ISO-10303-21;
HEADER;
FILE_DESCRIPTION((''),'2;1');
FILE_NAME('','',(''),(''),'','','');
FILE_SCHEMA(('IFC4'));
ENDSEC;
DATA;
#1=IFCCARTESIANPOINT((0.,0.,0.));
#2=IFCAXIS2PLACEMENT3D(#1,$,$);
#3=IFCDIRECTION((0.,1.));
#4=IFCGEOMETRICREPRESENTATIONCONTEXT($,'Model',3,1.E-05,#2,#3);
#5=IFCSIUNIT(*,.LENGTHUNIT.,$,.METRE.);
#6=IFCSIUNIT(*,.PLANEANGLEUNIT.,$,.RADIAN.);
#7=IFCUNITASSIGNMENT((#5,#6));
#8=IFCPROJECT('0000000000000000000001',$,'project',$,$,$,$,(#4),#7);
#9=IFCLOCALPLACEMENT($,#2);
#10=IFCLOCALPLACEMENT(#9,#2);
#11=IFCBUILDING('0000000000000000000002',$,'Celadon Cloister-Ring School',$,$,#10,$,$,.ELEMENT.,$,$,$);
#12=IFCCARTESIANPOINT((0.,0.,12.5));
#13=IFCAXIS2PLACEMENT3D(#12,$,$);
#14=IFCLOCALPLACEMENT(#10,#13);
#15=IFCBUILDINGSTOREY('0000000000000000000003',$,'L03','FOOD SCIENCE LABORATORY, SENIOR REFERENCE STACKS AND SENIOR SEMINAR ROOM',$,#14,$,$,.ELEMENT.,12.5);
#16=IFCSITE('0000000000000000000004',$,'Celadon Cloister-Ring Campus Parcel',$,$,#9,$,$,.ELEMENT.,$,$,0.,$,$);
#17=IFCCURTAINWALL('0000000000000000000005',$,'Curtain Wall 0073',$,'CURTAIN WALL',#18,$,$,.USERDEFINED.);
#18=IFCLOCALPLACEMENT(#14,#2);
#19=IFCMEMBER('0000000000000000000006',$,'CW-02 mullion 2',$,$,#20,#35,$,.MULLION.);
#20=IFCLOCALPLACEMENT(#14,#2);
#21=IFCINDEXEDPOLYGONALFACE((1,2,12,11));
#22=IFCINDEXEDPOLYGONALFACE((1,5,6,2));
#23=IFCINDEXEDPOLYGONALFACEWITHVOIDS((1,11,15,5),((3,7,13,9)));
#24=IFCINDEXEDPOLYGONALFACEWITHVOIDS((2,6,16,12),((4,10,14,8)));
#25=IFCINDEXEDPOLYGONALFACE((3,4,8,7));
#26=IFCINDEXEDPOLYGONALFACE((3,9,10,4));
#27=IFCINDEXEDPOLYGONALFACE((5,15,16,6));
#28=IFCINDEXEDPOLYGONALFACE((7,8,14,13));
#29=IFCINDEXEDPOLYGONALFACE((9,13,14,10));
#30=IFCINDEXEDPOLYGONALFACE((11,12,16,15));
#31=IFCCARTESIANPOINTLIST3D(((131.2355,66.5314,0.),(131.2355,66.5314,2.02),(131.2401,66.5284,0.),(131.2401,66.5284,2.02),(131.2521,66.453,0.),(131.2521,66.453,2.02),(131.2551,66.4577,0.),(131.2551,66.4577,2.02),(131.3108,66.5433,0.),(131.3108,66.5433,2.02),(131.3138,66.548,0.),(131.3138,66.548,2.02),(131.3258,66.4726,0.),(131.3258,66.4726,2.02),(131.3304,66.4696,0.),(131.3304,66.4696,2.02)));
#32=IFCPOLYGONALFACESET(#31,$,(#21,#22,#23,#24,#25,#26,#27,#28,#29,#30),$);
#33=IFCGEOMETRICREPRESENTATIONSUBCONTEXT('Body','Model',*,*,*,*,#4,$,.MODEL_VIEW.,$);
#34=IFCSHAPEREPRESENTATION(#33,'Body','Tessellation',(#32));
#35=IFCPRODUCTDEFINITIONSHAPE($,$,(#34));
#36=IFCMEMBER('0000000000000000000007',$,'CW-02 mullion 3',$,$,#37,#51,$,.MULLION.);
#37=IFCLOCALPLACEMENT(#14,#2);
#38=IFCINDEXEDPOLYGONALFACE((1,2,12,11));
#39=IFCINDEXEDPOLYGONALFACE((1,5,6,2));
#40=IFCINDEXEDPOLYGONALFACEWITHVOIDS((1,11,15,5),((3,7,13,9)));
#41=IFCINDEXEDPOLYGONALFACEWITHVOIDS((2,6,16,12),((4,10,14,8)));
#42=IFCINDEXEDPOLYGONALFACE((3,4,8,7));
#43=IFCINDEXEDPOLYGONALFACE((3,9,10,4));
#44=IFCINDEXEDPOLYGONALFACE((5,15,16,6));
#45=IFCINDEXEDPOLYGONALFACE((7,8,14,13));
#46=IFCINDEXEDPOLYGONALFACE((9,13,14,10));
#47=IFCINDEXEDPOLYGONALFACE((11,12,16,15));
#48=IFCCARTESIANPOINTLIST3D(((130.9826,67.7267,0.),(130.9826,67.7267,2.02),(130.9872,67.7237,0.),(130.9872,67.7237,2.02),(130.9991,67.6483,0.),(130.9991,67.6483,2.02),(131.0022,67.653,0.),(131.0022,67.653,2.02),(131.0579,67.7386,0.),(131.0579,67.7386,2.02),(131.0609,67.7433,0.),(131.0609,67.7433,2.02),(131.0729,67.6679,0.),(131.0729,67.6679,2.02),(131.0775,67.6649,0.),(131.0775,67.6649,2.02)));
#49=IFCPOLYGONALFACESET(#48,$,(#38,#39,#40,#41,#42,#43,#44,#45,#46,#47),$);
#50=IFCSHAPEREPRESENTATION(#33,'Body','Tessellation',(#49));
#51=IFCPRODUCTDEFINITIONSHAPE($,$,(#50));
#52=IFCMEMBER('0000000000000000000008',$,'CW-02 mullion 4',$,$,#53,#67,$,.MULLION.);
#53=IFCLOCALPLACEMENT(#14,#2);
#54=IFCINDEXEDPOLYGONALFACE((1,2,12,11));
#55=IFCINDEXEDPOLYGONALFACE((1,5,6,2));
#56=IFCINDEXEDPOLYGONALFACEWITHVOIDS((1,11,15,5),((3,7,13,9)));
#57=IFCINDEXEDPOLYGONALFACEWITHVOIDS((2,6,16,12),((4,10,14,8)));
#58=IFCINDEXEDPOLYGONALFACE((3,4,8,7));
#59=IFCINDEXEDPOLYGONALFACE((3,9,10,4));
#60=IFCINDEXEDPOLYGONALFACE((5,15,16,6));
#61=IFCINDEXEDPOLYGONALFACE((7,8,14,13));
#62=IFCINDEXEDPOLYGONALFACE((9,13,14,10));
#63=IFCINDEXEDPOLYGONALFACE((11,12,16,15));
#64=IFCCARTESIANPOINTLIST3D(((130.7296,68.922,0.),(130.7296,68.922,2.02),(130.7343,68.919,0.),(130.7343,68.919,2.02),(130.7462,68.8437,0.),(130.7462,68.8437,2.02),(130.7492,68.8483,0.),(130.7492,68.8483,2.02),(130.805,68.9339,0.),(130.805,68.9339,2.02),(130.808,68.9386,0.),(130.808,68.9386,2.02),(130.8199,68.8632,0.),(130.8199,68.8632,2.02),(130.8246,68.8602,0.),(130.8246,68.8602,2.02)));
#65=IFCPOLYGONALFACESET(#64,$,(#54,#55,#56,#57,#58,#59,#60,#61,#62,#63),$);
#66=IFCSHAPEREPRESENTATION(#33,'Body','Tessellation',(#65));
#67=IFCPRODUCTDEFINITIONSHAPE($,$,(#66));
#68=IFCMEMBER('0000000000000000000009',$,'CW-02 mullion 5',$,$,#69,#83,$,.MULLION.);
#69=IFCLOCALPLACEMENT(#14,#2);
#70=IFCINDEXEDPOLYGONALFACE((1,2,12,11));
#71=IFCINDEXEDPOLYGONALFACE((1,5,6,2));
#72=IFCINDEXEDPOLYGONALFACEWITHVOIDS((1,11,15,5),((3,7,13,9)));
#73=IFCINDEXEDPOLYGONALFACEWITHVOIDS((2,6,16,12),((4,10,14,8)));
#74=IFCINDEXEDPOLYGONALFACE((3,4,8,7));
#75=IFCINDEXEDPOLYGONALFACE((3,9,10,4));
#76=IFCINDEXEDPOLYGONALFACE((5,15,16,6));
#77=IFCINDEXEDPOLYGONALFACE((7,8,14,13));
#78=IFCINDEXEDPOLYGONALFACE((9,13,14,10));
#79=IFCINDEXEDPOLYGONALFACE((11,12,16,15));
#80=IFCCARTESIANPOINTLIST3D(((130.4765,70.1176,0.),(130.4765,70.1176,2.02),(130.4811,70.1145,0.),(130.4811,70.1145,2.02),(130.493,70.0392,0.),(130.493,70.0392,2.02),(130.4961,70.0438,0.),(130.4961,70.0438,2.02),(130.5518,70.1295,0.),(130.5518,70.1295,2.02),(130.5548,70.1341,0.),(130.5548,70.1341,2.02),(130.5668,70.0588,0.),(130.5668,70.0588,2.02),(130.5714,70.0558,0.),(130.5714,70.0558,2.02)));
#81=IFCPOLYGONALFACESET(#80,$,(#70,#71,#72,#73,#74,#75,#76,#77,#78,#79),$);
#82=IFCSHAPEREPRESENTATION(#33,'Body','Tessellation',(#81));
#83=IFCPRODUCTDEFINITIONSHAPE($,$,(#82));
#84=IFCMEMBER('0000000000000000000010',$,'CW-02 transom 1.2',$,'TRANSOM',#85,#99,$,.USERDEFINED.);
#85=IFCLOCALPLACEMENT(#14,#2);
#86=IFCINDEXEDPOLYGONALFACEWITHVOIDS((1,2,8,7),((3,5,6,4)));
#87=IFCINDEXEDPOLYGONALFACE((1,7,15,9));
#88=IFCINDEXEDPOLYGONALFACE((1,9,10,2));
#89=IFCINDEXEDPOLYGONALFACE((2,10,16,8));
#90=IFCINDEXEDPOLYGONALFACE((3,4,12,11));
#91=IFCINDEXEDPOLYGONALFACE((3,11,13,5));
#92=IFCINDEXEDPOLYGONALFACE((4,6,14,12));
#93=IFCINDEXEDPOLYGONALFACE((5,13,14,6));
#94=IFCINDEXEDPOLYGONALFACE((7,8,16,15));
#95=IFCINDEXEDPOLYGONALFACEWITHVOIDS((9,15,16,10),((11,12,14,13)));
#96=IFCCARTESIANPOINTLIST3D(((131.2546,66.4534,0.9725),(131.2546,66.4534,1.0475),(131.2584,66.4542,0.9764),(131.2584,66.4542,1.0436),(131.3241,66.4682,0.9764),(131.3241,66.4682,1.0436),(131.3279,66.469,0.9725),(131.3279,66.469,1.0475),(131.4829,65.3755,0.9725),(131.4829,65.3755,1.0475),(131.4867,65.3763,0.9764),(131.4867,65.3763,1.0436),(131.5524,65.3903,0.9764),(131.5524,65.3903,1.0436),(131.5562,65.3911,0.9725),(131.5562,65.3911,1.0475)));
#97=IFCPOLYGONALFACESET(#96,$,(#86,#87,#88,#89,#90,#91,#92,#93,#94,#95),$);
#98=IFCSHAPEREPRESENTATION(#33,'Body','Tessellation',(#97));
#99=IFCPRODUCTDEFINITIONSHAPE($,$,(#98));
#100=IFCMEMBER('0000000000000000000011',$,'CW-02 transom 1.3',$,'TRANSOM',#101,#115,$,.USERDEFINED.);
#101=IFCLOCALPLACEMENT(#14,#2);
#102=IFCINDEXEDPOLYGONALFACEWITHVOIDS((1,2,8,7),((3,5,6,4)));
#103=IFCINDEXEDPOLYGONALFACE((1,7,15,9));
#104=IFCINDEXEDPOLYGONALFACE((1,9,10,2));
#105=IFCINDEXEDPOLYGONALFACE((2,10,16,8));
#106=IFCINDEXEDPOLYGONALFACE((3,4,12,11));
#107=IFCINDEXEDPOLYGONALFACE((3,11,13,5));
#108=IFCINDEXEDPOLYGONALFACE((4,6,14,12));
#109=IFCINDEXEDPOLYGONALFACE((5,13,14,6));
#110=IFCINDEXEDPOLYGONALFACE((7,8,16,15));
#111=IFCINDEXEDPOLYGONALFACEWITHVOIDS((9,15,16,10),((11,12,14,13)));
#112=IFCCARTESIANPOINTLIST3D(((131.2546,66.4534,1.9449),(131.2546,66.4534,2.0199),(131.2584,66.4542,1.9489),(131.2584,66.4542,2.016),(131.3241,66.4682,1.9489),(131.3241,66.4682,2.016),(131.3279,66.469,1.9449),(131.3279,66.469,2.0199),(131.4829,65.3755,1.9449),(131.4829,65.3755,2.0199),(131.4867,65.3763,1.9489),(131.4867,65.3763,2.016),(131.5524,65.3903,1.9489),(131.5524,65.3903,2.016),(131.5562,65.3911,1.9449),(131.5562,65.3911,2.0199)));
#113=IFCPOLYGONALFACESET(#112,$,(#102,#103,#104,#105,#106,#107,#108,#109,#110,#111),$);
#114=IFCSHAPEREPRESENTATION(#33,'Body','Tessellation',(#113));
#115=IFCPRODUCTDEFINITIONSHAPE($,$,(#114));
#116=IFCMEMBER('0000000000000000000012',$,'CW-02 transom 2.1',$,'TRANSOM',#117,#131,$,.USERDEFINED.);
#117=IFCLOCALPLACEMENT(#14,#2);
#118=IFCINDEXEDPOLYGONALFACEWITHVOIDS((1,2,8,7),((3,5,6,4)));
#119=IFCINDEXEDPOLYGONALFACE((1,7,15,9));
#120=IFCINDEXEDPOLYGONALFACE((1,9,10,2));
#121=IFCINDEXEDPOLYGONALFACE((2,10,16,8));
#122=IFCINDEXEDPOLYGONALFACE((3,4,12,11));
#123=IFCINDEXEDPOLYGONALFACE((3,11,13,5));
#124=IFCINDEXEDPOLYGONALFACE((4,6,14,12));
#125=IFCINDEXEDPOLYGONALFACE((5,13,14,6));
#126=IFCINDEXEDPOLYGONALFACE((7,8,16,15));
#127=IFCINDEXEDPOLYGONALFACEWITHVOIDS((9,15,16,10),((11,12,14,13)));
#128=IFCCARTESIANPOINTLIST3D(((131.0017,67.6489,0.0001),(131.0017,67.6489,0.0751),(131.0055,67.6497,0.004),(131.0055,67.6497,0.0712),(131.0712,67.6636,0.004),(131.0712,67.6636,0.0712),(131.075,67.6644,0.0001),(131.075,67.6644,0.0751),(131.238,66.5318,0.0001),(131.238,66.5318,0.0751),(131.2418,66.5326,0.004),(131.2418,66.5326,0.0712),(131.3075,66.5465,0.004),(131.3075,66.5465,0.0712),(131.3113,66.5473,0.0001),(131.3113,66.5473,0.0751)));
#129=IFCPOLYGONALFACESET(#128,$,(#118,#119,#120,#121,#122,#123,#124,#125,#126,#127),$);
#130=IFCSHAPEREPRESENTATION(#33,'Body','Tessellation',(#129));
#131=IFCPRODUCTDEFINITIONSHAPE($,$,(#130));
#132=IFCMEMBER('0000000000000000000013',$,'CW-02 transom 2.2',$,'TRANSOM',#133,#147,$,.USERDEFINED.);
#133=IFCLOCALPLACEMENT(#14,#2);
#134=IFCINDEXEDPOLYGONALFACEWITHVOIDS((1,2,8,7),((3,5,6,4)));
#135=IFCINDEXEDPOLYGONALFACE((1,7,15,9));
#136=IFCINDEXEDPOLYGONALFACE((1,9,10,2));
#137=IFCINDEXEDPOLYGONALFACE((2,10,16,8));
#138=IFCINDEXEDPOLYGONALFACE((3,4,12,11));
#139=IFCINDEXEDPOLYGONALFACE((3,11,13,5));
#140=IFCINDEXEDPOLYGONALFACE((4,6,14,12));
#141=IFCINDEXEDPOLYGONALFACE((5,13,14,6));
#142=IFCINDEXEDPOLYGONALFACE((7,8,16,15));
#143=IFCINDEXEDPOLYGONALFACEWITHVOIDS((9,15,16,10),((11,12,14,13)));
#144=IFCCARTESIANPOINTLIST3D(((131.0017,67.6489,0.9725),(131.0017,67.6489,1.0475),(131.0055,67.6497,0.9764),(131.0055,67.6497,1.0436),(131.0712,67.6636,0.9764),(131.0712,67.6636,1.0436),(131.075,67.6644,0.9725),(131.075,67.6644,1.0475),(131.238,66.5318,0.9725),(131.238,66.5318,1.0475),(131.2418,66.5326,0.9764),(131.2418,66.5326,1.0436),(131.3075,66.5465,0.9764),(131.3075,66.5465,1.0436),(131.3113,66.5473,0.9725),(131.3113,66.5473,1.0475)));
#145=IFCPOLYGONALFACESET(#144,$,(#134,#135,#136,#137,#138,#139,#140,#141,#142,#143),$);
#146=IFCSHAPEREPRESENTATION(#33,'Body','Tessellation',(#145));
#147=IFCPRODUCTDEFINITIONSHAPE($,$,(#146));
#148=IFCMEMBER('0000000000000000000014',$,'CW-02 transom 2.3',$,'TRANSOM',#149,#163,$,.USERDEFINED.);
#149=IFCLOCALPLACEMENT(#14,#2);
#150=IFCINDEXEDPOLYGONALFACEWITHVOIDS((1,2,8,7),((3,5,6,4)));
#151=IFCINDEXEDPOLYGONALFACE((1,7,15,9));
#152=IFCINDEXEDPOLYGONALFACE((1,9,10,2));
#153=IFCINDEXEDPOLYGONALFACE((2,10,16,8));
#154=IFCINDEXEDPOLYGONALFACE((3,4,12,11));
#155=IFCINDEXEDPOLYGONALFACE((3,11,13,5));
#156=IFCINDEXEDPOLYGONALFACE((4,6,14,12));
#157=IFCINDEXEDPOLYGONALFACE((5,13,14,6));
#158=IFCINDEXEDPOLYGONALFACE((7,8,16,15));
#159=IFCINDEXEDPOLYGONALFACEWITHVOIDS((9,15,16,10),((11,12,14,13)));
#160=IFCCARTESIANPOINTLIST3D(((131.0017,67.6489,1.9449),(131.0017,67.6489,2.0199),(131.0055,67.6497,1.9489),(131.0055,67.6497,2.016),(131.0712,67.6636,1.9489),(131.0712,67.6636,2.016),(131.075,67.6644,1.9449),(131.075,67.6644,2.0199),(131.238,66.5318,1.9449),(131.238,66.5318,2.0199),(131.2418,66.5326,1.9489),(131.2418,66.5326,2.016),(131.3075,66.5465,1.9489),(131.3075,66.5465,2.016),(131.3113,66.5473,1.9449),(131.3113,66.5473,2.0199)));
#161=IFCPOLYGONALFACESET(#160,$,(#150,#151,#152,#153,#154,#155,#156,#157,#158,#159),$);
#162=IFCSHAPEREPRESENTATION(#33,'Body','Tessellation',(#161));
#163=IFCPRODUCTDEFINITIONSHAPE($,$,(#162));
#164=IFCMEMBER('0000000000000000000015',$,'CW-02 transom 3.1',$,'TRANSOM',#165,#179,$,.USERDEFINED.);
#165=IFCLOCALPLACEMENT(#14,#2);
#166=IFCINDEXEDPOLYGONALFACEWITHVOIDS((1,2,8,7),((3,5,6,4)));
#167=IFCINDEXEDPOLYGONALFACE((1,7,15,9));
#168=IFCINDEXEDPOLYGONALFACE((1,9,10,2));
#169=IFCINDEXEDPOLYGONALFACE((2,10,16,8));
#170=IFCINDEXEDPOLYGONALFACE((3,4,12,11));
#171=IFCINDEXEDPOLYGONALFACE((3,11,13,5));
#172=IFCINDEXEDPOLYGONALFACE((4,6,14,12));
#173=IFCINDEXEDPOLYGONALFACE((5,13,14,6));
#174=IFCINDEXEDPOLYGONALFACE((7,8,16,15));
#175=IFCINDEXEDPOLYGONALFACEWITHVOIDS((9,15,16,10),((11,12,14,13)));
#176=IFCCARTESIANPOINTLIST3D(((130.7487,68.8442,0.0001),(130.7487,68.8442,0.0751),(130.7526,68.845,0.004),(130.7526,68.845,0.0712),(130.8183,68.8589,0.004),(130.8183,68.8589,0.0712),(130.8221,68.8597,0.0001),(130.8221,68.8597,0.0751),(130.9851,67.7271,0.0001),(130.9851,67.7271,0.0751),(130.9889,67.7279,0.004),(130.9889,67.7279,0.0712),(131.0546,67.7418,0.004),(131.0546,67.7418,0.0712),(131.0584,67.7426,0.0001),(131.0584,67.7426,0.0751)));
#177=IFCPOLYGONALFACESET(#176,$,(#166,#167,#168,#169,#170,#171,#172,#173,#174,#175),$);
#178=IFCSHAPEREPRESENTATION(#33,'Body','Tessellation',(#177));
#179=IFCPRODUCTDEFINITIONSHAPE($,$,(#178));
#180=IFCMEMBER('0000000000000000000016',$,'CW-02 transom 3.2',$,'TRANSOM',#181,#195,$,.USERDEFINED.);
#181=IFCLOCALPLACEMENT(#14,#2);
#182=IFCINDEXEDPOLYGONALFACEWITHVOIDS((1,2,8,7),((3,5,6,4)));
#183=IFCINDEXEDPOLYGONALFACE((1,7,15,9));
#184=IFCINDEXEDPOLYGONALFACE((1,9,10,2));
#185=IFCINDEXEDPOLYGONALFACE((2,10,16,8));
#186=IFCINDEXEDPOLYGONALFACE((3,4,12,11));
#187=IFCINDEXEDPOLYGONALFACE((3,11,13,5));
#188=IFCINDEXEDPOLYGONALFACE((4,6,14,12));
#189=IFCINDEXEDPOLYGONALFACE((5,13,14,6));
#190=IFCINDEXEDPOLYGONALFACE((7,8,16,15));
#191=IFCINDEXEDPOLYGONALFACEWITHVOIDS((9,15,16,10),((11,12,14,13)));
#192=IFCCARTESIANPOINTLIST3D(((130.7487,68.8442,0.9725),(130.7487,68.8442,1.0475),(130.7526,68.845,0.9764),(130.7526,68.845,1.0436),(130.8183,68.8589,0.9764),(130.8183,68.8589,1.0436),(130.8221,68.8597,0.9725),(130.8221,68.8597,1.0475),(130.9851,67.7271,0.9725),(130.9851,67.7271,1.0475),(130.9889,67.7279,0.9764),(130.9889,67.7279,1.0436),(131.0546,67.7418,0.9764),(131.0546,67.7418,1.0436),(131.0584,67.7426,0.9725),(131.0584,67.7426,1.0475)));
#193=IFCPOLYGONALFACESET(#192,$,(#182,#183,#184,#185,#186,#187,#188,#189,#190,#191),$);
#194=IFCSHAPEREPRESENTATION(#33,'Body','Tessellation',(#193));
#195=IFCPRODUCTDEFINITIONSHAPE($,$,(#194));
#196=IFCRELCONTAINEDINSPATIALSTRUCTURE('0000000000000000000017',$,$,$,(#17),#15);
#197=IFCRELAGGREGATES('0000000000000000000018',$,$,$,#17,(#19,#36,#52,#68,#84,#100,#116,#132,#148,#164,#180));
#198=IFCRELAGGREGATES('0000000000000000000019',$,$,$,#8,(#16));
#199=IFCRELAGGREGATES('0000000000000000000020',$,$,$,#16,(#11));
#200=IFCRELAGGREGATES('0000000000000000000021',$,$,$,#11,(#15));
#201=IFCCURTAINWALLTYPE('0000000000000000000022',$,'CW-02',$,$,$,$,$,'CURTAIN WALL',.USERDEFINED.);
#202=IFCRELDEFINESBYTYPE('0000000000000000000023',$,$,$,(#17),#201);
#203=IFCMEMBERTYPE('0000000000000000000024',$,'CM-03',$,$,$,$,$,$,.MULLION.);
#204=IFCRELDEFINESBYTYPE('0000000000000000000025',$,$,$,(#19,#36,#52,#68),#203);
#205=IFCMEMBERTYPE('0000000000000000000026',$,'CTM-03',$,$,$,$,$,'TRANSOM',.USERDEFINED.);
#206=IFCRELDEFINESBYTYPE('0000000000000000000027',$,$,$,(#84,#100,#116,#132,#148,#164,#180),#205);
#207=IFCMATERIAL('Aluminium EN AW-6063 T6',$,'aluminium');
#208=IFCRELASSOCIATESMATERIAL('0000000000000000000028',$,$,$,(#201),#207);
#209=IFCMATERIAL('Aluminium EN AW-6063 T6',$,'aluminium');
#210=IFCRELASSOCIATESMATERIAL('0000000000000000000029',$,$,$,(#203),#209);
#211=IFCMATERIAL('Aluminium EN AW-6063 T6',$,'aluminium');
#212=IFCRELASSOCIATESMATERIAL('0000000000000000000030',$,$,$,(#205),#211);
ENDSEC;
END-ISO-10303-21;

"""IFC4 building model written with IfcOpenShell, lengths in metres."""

from ifc_helpers import new_model, si_unit, direction, frame, origin, origin_2d, place, context, subcontext, project, spatial, hollow_rectangle, extrude, material, material_profile, profile_set, type_object, element, aggregate, save


model = new_model("IFC4")

# Units and contexts
model_context = context("Model", 3, precision=1e-05, world=origin(), true_north=direction((0.0, 1.0)))
body_context = subcontext(model_context, "Body", "Model", "MODEL_VIEW")
ifc_project = project(units=[si_unit("LENGTHUNIT", "METRE"), si_unit("PLANEANGLEUNIT", "RADIAN")], contexts=[model_context])

# Site, building, storey
site_placement = place(None, origin())
site = spatial("IfcSite", under=ifc_project, at=site_placement, Name="Celadon Cloister-Ring Campus Parcel", CompositionType="ELEMENT", RefElevation=0.0)
building_placement = place(site_placement, origin())
building = spatial("IfcBuilding", under=site, at=building_placement, Name="Celadon Cloister-Ring School", CompositionType="ELEMENT")
storey_placement = place(building_placement, frame((0.0, 0.0, 12.5)))
storey = spatial("IfcBuildingStorey", under=building, at=storey_placement, Name="L03", Description="FOOD SCIENCE LABORATORY, SENIOR REFERENCE STACKS AND SENIOR SEMINAR ROOM", CompositionType="ELEMENT", Elevation=12.5)

# Curtain wall, members
ifc_material_1 = material(Name="Aluminium EN AW-6063 T6", Category="aluminium")
curtain_wall_type = type_object("IfcCurtainWallType", Name="CW-02", ElementType="CURTAIN WALL", PredefinedType="USERDEFINED", material=ifc_material_1)
curtain_wall_placement = place(storey_placement, origin())
curtain_wall = element("IfcCurtainWall", 1, at=curtain_wall_placement, inside=storey, type_object=curtain_wall_type, Name="Curtain Wall 0073", ObjectType="CURTAIN WALL", PredefinedType="USERDEFINED")
ifc_material_2 = material(Name="Aluminium EN AW-6063 T6", Category="aluminium")
ifc_material_profile_1 = material_profile(ifc_material_2, hollow_rectangle(XDim=0.0801, YDim=0.0801, WallThickness=0.0039, at=origin_2d()), Name="RHS80X80X4")
ifc_profile_set_1 = profile_set([ifc_material_profile_1], Name="Aluminium EN AW-6063 T6")
member_type_1 = type_object("IfcMemberType", Name="CM-03", PredefinedType="MULLION", material=ifc_profile_set_1)
member_1_placement = place(storey_placement, frame((131.283, 66.5005, 0.0), z_axis=(0.0, 0.0, 1.0), x_axis=(-0.978329, -0.207058, 0.0)))
member_1 = element("IfcMember", 2, at=member_1_placement, type_object=member_type_1, Name="CW-02 mullion 2", PredefinedType="MULLION", context=body_context, shape_type="SweptSolid", body=[
    extrude(hollow_rectangle(XDim=0.0801, YDim=0.0801, WallThickness=0.0039, at=origin_2d()), origin(), (0.0, 0.0, 1.0), 2.02),
])
member_2_placement = place(storey_placement, frame((131.03, 67.6958, 0.0), z_axis=(0.0, 0.0, 1.0), x_axis=(-0.978329, -0.207058, 0.0)))
member_2 = element("IfcMember", 3, at=member_2_placement, type_object=member_type_1, Name="CW-02 mullion 3", PredefinedType="MULLION", context=body_context, shape_type="SweptSolid", body=[
    extrude(hollow_rectangle(XDim=0.0801, YDim=0.0801, WallThickness=0.0039, at=origin_2d()), origin(), (0.0, 0.0, 1.0), 2.02),
])
member_3_placement = place(storey_placement, frame((130.7771, 68.8911, 0.0), z_axis=(0.0, 0.0, 1.0), x_axis=(-0.978329, -0.207058, 0.0)))
member_3 = element("IfcMember", 4, at=member_3_placement, type_object=member_type_1, Name="CW-02 mullion 4", PredefinedType="MULLION", context=body_context, shape_type="SweptSolid", body=[
    extrude(hollow_rectangle(XDim=0.0801, YDim=0.0801, WallThickness=0.0039, at=origin_2d()), origin(), (0.0, 0.0, 1.0), 2.02),
])
member_4_placement = place(storey_placement, frame((130.5239, 70.0867, 0.0), z_axis=(0.0, 0.0, 1.0), x_axis=(-0.978329, -0.207058, 0.0)))
member_4 = element("IfcMember", 5, at=member_4_placement, type_object=member_type_1, Name="CW-02 mullion 5", PredefinedType="MULLION", context=body_context, shape_type="SweptSolid", body=[
    extrude(hollow_rectangle(XDim=0.0801, YDim=0.0801, WallThickness=0.0039, at=origin_2d()), origin(), (0.0, 0.0, 1.0), 2.02),
])
ifc_material_3 = material(Name="Aluminium EN AW-6063 T6", Category="aluminium")
ifc_material_profile_2 = material_profile(ifc_material_3, hollow_rectangle(XDim=0.075, YDim=0.075, WallThickness=0.0039, at=origin_2d()), Name="RHS75X75X4")
ifc_profile_set_2 = profile_set([ifc_material_profile_2], Name="Aluminium EN AW-6063 T6")
member_type_2 = type_object("IfcMemberType", Name="CTM-03", ElementType="TRANSOM", PredefinedType="USERDEFINED", material=ifc_profile_set_2)
member_5_placement = place(storey_placement, frame((131.5195, 65.3833, 1.01), z_axis=(-0.207183, 0.978302, 0.0), x_axis=(-0.978302, -0.207183, 0.0)))
member_5 = element("IfcMember", 6, at=member_5_placement, type_object=member_type_2, Name="CW-02 transom 1.2", ObjectType="TRANSOM", PredefinedType="USERDEFINED", context=body_context, shape_type="SweptSolid", body=[
    extrude(hollow_rectangle(XDim=0.075, YDim=0.075, WallThickness=0.0039, at=origin_2d()), origin(), (0.0, 0.0, 1.0), 1.1018),
])
member_6_placement = place(storey_placement, frame((131.5195, 65.3833, 1.9824), z_axis=(-0.207183, 0.978302, 0.0), x_axis=(-0.978302, -0.207183, 0.0)))
member_6 = element("IfcMember", 7, at=member_6_placement, type_object=member_type_2, Name="CW-02 transom 1.3", ObjectType="TRANSOM", PredefinedType="USERDEFINED", context=body_context, shape_type="SweptSolid", body=[
    extrude(hollow_rectangle(XDim=0.075, YDim=0.075, WallThickness=0.0039, at=origin_2d()), origin(), (0.0, 0.0, 1.0), 1.1018),
])
member_7_placement = place(storey_placement, frame((131.2747, 66.5396, 0.0376), z_axis=(-0.206959, 0.97835, 0.0), x_axis=(-0.97835, -0.206959, 0.0)))
member_7 = element("IfcMember", 8, at=member_7_placement, type_object=member_type_2, Name="CW-02 transom 2.1", ObjectType="TRANSOM", PredefinedType="USERDEFINED", context=body_context, shape_type="SweptSolid", body=[
    extrude(hollow_rectangle(XDim=0.075, YDim=0.075, WallThickness=0.0039, at=origin_2d()), origin(), (0.0, 0.0, 1.0), 1.1418),
])
member_8_placement = place(storey_placement, frame((131.2747, 66.5396, 1.01), z_axis=(-0.206959, 0.97835, 0.0), x_axis=(-0.97835, -0.206959, 0.0)))
member_8 = element("IfcMember", 9, at=member_8_placement, type_object=member_type_2, Name="CW-02 transom 2.2", ObjectType="TRANSOM", PredefinedType="USERDEFINED", context=body_context, shape_type="SweptSolid", body=[
    extrude(hollow_rectangle(XDim=0.075, YDim=0.075, WallThickness=0.0039, at=origin_2d()), origin(), (0.0, 0.0, 1.0), 1.1418),
])
member_9_placement = place(storey_placement, frame((131.2747, 66.5396, 1.9824), z_axis=(-0.206959, 0.97835, 0.0), x_axis=(-0.97835, -0.206959, 0.0)))
member_9 = element("IfcMember", 10, at=member_9_placement, type_object=member_type_2, Name="CW-02 transom 2.3", ObjectType="TRANSOM", PredefinedType="USERDEFINED", context=body_context, shape_type="SweptSolid", body=[
    extrude(hollow_rectangle(XDim=0.075, YDim=0.075, WallThickness=0.0039, at=origin_2d()), origin(), (0.0, 0.0, 1.0), 1.1418),
])
member_10_placement = place(storey_placement, frame((131.0217, 67.7349, 0.0376), z_axis=(-0.206959, 0.97835, 0.0), x_axis=(-0.97835, -0.206959, 0.0)))
member_10 = element("IfcMember", 11, at=member_10_placement, type_object=member_type_2, Name="CW-02 transom 3.1", ObjectType="TRANSOM", PredefinedType="USERDEFINED", context=body_context, shape_type="SweptSolid", body=[
    extrude(hollow_rectangle(XDim=0.075, YDim=0.075, WallThickness=0.0039, at=origin_2d()), origin(), (0.0, 0.0, 1.0), 1.1418),
])
member_11_placement = place(storey_placement, frame((131.0217, 67.7349, 1.01), z_axis=(-0.206959, 0.97835, 0.0), x_axis=(-0.97835, -0.206959, 0.0)))
member_11 = element("IfcMember", 12, at=member_11_placement, type_object=member_type_2, Name="CW-02 transom 3.2", ObjectType="TRANSOM", PredefinedType="USERDEFINED", context=body_context, shape_type="SweptSolid", body=[
    extrude(hollow_rectangle(XDim=0.075, YDim=0.075, WallThickness=0.0039, at=origin_2d()), origin(), (0.0, 0.0, 1.0), 1.1418),
])
aggregate(curtain_wall, [member_1, member_2, member_3, member_4, member_5, member_6, member_7, member_8, member_9, member_10, member_11])

save(model, "model.ifc")
